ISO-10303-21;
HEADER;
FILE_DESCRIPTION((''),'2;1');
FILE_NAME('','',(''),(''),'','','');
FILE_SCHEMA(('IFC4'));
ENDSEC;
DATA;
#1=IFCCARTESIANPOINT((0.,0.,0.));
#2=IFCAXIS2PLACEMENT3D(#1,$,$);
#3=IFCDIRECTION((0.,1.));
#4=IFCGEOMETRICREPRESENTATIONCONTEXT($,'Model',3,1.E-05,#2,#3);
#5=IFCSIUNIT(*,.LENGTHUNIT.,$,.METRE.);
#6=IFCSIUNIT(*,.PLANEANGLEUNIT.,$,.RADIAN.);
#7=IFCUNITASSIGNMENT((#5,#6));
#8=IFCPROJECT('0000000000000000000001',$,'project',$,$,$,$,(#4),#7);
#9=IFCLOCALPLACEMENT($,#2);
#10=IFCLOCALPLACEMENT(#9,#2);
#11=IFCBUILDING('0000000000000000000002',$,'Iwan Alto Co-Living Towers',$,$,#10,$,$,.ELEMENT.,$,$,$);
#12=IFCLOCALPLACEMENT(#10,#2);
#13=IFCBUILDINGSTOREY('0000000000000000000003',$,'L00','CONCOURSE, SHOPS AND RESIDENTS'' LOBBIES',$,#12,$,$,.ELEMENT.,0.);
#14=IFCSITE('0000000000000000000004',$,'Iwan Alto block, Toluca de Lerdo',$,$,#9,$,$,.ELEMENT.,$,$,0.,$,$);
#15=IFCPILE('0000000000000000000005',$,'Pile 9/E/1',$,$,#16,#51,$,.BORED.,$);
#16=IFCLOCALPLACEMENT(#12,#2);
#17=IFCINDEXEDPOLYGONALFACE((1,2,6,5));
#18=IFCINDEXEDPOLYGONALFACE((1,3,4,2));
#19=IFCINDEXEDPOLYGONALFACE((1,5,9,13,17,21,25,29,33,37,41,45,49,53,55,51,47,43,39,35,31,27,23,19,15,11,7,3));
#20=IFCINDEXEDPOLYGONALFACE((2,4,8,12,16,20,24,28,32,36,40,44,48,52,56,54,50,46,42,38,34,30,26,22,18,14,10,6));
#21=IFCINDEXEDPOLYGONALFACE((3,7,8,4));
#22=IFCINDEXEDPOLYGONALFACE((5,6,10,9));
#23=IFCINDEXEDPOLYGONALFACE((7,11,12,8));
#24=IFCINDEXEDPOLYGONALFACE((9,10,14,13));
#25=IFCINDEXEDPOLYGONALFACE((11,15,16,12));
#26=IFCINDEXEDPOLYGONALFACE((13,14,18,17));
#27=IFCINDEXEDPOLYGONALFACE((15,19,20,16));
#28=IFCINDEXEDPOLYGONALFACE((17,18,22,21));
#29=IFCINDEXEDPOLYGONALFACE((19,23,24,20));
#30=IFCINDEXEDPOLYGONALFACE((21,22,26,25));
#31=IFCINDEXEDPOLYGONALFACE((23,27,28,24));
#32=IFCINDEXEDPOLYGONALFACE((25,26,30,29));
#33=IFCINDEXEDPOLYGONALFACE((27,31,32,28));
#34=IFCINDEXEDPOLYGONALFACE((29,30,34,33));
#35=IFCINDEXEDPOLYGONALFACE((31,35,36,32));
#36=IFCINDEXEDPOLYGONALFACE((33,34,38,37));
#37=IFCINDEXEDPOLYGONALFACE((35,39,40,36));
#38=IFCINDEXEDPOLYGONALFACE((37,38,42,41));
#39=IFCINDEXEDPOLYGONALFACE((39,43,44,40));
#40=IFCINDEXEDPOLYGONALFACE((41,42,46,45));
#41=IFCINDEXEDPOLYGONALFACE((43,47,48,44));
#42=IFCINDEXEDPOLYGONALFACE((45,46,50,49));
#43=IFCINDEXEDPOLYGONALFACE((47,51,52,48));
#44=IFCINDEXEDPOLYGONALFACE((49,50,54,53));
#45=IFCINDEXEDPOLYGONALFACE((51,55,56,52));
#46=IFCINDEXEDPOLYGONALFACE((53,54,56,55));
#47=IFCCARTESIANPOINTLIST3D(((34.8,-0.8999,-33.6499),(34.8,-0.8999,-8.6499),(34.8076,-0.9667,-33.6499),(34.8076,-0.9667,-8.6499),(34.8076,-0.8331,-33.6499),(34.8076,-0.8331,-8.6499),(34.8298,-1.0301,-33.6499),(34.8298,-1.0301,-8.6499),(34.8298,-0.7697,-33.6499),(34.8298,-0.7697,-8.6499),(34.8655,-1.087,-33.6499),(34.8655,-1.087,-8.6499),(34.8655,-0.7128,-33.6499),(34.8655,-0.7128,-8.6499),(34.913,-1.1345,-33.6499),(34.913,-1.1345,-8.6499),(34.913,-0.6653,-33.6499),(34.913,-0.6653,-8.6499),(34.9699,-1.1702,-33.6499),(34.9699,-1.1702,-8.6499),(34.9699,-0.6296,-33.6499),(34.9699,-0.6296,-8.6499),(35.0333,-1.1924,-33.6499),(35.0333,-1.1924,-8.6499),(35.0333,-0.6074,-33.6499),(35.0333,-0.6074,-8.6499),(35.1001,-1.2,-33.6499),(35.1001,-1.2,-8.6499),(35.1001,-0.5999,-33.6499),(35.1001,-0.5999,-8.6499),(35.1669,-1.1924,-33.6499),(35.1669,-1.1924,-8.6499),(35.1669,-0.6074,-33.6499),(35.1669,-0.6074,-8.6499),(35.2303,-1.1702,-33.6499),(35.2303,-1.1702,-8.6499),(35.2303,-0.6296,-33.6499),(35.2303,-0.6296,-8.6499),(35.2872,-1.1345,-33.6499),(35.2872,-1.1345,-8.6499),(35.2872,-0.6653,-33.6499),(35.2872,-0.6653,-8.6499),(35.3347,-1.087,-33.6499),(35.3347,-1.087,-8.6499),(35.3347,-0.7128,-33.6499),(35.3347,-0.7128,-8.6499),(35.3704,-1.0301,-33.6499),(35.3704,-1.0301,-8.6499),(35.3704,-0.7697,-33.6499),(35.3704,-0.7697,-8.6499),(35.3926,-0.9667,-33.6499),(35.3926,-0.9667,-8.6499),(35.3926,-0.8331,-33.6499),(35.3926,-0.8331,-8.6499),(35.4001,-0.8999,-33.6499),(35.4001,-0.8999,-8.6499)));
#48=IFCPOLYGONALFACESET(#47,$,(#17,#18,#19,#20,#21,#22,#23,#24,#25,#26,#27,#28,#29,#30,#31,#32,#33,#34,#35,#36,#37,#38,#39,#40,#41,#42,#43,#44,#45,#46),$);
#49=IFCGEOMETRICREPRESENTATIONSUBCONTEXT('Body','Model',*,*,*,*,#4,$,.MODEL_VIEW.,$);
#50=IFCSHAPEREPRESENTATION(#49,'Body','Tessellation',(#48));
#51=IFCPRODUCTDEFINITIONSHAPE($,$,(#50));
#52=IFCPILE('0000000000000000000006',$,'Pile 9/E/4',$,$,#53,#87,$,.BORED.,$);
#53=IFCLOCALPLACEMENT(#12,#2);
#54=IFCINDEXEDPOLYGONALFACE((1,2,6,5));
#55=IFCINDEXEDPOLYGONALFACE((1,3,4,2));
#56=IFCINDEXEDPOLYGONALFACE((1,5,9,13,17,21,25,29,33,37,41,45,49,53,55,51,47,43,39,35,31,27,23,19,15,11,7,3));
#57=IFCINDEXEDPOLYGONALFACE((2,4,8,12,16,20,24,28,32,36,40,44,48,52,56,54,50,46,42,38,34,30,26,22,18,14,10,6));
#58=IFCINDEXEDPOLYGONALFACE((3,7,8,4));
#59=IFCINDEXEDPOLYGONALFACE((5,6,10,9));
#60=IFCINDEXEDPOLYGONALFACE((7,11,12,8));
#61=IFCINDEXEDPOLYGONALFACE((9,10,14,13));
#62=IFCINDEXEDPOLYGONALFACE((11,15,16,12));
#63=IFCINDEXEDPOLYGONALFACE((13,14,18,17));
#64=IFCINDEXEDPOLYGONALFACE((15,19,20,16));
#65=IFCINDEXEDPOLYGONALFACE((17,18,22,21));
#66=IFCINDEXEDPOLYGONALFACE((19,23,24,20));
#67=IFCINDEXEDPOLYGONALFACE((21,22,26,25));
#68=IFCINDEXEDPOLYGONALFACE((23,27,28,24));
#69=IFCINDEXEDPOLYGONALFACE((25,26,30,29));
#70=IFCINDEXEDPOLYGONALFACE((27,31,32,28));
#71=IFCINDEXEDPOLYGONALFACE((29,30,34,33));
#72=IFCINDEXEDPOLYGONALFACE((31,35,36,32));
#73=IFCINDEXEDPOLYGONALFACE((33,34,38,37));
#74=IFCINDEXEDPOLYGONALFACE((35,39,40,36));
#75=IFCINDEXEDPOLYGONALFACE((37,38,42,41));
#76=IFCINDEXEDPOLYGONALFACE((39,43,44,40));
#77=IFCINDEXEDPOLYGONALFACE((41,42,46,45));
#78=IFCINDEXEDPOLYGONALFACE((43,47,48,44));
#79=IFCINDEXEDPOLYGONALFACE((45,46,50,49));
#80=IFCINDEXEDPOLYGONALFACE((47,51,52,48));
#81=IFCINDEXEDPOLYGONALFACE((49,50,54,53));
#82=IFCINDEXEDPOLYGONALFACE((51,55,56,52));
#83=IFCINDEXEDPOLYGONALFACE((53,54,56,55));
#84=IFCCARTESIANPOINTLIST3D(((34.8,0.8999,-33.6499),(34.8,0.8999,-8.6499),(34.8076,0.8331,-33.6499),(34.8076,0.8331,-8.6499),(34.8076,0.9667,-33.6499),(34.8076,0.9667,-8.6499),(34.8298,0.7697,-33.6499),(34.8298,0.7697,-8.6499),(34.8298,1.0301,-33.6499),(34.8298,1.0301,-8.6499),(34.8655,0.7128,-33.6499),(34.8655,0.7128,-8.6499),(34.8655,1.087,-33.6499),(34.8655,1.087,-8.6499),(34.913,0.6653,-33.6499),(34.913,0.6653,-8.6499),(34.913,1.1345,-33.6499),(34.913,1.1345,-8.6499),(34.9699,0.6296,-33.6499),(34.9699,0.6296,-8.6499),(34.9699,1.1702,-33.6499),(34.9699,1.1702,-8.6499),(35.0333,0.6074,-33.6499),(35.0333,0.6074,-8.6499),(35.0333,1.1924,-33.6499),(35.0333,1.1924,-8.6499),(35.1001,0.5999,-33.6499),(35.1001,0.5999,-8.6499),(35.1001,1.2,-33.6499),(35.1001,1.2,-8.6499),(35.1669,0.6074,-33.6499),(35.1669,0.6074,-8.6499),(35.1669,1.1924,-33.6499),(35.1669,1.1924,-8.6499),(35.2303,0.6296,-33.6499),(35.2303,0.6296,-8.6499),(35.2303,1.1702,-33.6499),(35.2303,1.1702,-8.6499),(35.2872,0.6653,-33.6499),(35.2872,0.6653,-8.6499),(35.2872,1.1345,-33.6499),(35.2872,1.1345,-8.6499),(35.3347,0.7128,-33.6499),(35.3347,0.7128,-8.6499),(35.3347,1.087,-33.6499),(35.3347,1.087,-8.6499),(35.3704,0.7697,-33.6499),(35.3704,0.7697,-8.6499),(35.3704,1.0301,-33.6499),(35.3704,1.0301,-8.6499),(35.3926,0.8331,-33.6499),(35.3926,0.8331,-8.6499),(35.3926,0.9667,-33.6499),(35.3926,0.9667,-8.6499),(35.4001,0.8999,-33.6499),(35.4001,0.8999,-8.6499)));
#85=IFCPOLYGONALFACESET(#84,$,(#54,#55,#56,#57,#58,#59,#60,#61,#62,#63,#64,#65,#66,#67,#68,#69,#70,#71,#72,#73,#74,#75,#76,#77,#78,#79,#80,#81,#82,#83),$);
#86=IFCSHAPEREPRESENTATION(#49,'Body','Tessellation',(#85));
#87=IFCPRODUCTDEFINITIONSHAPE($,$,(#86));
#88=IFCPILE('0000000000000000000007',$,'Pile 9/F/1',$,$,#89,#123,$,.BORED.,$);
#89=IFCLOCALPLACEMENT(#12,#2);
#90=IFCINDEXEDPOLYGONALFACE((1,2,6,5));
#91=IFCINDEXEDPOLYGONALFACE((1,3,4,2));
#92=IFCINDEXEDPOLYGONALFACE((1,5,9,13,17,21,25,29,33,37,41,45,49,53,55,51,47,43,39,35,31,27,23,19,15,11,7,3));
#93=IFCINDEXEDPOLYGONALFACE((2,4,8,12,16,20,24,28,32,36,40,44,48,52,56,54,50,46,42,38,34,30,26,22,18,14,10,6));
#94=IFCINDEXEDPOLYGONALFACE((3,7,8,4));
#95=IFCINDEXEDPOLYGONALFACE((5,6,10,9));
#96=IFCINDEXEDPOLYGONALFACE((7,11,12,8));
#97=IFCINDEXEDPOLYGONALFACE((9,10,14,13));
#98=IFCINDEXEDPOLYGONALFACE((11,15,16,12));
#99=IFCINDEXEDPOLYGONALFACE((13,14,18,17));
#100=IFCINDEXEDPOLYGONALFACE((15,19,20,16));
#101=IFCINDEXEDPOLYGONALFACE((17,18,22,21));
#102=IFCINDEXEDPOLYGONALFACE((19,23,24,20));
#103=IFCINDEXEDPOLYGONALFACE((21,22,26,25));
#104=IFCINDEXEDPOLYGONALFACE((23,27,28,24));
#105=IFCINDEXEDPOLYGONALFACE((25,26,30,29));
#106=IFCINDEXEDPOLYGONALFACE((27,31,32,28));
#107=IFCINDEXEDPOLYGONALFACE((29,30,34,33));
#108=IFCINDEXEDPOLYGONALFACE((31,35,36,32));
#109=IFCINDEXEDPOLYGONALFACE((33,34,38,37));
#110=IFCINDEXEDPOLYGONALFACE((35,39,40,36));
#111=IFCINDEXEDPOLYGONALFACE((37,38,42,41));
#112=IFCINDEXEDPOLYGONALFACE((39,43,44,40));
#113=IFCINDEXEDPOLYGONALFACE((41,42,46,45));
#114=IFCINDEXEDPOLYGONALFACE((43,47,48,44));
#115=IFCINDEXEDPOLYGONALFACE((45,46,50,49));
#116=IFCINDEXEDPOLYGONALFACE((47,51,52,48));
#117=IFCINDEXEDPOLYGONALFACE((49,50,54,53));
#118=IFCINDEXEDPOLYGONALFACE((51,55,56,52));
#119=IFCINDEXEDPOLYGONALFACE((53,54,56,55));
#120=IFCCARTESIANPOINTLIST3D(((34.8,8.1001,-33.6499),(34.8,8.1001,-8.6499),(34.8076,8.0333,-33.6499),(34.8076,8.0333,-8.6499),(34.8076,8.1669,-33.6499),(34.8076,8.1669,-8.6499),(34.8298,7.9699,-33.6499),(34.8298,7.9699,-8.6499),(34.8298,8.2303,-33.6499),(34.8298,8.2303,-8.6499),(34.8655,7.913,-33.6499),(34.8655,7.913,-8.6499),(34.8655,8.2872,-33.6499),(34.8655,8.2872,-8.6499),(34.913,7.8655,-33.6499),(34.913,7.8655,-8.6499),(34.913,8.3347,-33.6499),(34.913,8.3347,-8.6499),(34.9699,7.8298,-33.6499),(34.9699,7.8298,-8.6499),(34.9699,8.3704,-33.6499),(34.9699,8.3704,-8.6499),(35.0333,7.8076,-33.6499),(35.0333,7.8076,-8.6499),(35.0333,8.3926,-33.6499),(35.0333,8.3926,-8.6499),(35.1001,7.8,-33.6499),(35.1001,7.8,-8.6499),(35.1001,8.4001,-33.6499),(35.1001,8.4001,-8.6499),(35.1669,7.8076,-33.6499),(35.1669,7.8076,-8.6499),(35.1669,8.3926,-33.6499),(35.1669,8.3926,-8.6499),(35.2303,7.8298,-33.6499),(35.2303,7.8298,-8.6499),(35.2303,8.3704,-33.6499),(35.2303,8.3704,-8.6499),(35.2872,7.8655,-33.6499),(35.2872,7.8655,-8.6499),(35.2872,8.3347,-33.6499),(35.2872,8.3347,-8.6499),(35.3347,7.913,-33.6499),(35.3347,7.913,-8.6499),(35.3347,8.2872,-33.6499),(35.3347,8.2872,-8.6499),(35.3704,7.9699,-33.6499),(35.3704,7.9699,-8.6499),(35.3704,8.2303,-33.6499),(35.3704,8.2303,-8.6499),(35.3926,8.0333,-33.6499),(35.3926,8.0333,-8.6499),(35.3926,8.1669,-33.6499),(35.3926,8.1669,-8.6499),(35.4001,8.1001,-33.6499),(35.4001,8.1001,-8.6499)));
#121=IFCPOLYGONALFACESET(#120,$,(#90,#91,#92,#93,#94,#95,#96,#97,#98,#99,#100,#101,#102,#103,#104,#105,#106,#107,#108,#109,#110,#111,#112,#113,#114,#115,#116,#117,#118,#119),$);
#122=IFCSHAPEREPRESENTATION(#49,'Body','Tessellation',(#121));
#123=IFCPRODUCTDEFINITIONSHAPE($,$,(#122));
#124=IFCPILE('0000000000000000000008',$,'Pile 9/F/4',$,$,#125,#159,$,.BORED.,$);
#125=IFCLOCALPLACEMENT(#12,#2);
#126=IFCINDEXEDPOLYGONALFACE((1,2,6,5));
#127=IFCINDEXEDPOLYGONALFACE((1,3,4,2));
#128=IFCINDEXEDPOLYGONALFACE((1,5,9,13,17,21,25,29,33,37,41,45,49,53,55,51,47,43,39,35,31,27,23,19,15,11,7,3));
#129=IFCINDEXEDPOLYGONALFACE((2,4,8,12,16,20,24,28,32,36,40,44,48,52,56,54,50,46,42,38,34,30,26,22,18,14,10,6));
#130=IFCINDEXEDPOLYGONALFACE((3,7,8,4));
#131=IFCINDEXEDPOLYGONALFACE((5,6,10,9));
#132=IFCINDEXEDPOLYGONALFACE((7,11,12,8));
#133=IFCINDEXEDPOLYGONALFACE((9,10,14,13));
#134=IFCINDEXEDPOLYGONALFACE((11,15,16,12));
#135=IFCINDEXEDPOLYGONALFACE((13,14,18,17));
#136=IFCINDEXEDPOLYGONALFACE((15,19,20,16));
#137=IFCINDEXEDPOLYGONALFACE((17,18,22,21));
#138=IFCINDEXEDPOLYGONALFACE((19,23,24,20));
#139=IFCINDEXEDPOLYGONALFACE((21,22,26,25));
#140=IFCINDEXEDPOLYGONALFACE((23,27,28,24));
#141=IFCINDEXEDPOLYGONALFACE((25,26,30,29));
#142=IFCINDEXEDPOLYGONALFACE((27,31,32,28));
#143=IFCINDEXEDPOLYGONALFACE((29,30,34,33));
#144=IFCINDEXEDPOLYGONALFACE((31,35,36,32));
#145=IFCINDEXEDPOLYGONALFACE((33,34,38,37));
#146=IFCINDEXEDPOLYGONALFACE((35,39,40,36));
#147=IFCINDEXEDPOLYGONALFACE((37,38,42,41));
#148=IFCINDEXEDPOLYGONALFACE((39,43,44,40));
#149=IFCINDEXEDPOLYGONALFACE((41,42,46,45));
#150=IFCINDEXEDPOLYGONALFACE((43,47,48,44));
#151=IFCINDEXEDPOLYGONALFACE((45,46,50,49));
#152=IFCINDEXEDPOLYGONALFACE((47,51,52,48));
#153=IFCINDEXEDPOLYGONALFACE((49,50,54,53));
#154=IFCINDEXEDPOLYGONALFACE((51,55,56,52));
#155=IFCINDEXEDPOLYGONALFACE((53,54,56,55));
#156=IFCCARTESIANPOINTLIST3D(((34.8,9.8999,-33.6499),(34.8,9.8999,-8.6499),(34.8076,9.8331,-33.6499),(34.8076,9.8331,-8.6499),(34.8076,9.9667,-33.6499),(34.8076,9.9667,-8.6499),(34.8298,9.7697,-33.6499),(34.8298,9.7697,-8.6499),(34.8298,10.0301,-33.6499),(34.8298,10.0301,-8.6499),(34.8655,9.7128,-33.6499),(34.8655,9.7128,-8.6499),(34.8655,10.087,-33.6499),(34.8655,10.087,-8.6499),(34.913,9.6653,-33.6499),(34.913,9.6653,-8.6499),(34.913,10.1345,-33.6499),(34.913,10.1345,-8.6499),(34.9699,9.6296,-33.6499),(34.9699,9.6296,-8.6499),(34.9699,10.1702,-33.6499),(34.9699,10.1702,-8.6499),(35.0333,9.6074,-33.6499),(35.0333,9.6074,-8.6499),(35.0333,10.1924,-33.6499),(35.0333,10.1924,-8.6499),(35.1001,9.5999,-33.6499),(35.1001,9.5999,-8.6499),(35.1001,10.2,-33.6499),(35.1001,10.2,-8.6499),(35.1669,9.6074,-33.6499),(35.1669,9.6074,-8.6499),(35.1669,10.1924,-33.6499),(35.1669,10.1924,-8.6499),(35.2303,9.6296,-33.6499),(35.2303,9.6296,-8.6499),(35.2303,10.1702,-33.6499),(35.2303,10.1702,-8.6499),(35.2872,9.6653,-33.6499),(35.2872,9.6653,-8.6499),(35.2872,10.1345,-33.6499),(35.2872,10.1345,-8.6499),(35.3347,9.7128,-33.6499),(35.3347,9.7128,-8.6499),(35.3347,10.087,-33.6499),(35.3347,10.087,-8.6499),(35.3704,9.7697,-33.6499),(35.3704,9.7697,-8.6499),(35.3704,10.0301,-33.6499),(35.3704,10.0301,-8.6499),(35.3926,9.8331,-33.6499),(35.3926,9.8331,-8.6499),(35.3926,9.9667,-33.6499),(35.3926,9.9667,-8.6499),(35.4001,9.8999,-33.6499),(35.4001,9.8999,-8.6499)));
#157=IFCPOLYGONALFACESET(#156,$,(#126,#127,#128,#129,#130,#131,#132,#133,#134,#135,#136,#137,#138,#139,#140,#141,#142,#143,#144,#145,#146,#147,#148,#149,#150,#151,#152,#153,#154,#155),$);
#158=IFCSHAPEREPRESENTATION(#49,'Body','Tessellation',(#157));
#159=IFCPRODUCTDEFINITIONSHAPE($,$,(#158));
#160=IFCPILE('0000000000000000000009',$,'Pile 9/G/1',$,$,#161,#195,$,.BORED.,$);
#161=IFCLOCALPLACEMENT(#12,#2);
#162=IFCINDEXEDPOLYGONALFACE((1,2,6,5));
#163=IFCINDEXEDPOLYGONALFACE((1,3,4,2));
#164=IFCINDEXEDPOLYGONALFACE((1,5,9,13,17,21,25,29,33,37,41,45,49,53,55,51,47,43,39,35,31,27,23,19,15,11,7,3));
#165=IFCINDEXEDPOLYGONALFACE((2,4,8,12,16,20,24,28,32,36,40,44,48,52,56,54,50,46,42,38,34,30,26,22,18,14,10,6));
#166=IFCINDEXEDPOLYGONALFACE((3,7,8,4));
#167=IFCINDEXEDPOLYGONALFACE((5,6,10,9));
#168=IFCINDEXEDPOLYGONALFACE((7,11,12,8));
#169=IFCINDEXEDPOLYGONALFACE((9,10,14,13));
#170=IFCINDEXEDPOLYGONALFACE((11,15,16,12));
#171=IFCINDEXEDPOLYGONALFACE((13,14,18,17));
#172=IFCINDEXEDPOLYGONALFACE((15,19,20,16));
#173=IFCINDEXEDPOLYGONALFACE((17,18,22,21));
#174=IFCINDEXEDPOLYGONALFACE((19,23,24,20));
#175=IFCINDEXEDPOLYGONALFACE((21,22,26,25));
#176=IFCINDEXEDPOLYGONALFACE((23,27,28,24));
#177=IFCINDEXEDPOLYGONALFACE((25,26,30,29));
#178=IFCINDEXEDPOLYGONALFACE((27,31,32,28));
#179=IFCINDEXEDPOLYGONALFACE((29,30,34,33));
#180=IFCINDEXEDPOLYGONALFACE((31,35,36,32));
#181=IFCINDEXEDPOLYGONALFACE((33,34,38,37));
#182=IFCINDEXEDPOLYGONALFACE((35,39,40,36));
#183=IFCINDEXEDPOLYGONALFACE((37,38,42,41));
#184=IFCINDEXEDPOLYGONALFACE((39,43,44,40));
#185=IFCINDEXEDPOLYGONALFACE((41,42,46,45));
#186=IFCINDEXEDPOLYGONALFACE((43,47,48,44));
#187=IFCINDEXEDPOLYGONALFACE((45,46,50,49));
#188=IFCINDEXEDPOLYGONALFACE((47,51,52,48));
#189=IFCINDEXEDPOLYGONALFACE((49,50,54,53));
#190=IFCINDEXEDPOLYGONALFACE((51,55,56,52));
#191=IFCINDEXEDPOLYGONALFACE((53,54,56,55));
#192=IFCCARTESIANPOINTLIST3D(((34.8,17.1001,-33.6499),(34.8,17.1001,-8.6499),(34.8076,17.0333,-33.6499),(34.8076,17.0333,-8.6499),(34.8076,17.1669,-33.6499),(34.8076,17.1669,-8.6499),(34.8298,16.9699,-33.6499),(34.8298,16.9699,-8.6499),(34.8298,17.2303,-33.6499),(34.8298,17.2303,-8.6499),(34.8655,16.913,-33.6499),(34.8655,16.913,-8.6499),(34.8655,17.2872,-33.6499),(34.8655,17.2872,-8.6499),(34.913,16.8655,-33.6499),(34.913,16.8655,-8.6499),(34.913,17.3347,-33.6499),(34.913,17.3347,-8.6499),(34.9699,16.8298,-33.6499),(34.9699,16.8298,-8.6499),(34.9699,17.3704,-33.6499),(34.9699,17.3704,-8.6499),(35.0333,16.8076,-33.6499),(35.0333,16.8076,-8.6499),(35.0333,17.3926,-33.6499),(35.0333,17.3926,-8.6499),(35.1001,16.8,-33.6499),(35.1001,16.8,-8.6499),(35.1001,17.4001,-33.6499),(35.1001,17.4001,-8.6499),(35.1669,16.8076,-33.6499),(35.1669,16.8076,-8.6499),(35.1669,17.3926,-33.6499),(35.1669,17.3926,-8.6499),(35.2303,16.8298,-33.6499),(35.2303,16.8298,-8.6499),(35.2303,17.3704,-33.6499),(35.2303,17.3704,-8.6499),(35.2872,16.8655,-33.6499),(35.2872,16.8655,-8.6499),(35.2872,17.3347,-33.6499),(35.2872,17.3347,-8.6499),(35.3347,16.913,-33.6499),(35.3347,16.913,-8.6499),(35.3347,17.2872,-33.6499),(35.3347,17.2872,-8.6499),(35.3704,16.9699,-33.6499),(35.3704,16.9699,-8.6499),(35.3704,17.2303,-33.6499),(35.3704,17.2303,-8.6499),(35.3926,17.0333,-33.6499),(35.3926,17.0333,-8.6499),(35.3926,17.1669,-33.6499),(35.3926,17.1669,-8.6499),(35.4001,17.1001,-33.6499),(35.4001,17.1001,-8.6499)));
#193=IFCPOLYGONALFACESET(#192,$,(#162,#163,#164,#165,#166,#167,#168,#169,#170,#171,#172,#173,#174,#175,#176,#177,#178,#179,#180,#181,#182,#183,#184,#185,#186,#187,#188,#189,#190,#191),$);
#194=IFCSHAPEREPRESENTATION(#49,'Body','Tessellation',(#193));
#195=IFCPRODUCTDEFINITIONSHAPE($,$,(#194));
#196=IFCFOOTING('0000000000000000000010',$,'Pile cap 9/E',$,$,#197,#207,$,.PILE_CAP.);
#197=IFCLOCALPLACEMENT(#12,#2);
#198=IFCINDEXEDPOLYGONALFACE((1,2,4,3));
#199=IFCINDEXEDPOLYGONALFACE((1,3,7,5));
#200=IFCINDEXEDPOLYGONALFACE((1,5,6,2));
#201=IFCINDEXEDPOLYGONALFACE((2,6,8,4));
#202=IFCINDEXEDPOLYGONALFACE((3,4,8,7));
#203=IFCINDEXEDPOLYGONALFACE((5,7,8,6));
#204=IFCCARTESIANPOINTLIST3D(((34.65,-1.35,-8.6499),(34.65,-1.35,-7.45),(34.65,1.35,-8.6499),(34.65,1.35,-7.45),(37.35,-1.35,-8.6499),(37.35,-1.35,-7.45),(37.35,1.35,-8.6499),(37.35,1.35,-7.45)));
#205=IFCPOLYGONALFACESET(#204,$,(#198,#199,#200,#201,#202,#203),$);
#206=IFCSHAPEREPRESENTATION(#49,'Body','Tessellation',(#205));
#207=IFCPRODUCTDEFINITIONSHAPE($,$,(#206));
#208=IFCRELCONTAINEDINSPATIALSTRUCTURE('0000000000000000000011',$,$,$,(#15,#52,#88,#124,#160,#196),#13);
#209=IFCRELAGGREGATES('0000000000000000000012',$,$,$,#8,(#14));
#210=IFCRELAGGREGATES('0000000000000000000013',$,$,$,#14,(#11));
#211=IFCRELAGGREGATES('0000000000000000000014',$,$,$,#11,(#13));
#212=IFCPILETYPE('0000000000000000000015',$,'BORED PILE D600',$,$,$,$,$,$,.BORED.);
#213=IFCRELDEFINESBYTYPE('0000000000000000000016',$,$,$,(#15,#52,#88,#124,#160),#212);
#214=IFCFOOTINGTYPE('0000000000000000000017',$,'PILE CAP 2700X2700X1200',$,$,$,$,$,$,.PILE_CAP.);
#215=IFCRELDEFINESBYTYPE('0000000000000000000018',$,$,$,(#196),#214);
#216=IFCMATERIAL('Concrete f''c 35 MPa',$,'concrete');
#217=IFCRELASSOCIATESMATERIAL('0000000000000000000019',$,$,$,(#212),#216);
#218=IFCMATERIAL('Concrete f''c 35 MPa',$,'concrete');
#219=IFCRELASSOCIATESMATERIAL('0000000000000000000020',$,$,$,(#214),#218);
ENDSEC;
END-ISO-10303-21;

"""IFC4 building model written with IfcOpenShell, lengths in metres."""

from ifc_helpers import new_model, si_unit, direction, frame, origin, origin_2d, place, context, subcontext, project, spatial, rectangle, circle, extrude, material, material_profile, profile_set, type_object, element, save


model = new_model("IFC4")

# Units and contexts
model_context = context("Model", 3, precision=1e-05, world=origin(), true_north=direction((0.0, 1.0)))
body_context = subcontext(model_context, "Body", "Model", "MODEL_VIEW")
ifc_project = project(units=[si_unit("LENGTHUNIT", "METRE"), si_unit("PLANEANGLEUNIT", "RADIAN")], contexts=[model_context])

# Site, building, storey
site_placement = place(None, origin())
site = spatial("IfcSite", under=ifc_project, at=site_placement, Name="Iwan Alto block, Toluca de Lerdo", CompositionType="ELEMENT", RefElevation=0.0)
building_placement = place(site_placement, origin())
building = spatial("IfcBuilding", under=site, at=building_placement, Name="Iwan Alto Co-Living Towers", CompositionType="ELEMENT")
storey_placement = place(building_placement, origin())
storey = spatial("IfcBuildingStorey", under=building, at=storey_placement, Name="L00", Description="CONCOURSE, SHOPS AND RESIDENTS' LOBBIES", CompositionType="ELEMENT", Elevation=0.0)

# Piles
ifc_material_1 = material(Name="Concrete f'c 35 MPa", Category="concrete")
ifc_material_profile_1 = material_profile(ifc_material_1, circle(Radius=0.3, at=origin_2d()), Name="D600")
ifc_profile_set_1 = profile_set([ifc_material_profile_1], Name="Concrete f'c 35 MPa")
pile_type_1 = type_object("IfcPileType", Name="BORED PILE D600", PredefinedType="BORED", material=ifc_profile_set_1)
for number, where, z_axis, x_axis, name in (
    (1, (35.1001, -0.8999, -8.6499), (0.0, 0.0, -1.0), (1.0, 0.0, 0.0), "Pile 9/E/1"),
    (2, (35.1001, 0.8999, -8.6499), (0.0, 0.0, -1.0), (1.0, 0.0, 0.0), "Pile 9/E/4"),
    (3, (35.1001, 8.1001, -8.6499), (0.0, 0.0, -1.0), (1.0, 0.0, 0.0), "Pile 9/F/1"),
    (4, (35.1001, 9.8999, -8.6499), (0.0, 0.0, -1.0), (1.0, 0.0, 0.0), "Pile 9/F/4"),
    (5, (35.1001, 17.1001, -8.6499), (0.0, 0.0, -1.0), (1.0, 0.0, 0.0), "Pile 9/G/1"),
):
    element("IfcPile", number, at=place(storey_placement, frame(where, z_axis=z_axis, x_axis=x_axis)), inside=storey, type_object=pile_type_1, Name=name, PredefinedType="BORED", context=body_context, shape_type="SweptSolid", body=[
        extrude(circle(Radius=0.3, at=origin_2d()), origin(), (0.0, 0.0, 1.0), 25.0),
    ])

# Footing
ifc_material_2 = material(Name="Concrete f'c 35 MPa", Category="concrete")
footing_type = type_object("IfcFootingType", Name="PILE CAP 2700X2700X1200", PredefinedType="PILE_CAP", material=ifc_material_2)
footing_placement = place(storey_placement, frame((36.0, 0.0, -8.6499), z_axis=(0.0, 0.0, 1.0), x_axis=(1.0, 0.0, 0.0)))
element("IfcFooting", 6, at=footing_placement, inside=storey, type_object=footing_type, Name="Pile cap 9/E", PredefinedType="PILE_CAP", context=body_context, shape_type="SweptSolid", body=[
    extrude(rectangle(XDim=2.7, YDim=2.7, at=origin_2d()), origin(), (0.0, 0.0, 1.0), 1.2),
])

save(model, "model.ifc")
